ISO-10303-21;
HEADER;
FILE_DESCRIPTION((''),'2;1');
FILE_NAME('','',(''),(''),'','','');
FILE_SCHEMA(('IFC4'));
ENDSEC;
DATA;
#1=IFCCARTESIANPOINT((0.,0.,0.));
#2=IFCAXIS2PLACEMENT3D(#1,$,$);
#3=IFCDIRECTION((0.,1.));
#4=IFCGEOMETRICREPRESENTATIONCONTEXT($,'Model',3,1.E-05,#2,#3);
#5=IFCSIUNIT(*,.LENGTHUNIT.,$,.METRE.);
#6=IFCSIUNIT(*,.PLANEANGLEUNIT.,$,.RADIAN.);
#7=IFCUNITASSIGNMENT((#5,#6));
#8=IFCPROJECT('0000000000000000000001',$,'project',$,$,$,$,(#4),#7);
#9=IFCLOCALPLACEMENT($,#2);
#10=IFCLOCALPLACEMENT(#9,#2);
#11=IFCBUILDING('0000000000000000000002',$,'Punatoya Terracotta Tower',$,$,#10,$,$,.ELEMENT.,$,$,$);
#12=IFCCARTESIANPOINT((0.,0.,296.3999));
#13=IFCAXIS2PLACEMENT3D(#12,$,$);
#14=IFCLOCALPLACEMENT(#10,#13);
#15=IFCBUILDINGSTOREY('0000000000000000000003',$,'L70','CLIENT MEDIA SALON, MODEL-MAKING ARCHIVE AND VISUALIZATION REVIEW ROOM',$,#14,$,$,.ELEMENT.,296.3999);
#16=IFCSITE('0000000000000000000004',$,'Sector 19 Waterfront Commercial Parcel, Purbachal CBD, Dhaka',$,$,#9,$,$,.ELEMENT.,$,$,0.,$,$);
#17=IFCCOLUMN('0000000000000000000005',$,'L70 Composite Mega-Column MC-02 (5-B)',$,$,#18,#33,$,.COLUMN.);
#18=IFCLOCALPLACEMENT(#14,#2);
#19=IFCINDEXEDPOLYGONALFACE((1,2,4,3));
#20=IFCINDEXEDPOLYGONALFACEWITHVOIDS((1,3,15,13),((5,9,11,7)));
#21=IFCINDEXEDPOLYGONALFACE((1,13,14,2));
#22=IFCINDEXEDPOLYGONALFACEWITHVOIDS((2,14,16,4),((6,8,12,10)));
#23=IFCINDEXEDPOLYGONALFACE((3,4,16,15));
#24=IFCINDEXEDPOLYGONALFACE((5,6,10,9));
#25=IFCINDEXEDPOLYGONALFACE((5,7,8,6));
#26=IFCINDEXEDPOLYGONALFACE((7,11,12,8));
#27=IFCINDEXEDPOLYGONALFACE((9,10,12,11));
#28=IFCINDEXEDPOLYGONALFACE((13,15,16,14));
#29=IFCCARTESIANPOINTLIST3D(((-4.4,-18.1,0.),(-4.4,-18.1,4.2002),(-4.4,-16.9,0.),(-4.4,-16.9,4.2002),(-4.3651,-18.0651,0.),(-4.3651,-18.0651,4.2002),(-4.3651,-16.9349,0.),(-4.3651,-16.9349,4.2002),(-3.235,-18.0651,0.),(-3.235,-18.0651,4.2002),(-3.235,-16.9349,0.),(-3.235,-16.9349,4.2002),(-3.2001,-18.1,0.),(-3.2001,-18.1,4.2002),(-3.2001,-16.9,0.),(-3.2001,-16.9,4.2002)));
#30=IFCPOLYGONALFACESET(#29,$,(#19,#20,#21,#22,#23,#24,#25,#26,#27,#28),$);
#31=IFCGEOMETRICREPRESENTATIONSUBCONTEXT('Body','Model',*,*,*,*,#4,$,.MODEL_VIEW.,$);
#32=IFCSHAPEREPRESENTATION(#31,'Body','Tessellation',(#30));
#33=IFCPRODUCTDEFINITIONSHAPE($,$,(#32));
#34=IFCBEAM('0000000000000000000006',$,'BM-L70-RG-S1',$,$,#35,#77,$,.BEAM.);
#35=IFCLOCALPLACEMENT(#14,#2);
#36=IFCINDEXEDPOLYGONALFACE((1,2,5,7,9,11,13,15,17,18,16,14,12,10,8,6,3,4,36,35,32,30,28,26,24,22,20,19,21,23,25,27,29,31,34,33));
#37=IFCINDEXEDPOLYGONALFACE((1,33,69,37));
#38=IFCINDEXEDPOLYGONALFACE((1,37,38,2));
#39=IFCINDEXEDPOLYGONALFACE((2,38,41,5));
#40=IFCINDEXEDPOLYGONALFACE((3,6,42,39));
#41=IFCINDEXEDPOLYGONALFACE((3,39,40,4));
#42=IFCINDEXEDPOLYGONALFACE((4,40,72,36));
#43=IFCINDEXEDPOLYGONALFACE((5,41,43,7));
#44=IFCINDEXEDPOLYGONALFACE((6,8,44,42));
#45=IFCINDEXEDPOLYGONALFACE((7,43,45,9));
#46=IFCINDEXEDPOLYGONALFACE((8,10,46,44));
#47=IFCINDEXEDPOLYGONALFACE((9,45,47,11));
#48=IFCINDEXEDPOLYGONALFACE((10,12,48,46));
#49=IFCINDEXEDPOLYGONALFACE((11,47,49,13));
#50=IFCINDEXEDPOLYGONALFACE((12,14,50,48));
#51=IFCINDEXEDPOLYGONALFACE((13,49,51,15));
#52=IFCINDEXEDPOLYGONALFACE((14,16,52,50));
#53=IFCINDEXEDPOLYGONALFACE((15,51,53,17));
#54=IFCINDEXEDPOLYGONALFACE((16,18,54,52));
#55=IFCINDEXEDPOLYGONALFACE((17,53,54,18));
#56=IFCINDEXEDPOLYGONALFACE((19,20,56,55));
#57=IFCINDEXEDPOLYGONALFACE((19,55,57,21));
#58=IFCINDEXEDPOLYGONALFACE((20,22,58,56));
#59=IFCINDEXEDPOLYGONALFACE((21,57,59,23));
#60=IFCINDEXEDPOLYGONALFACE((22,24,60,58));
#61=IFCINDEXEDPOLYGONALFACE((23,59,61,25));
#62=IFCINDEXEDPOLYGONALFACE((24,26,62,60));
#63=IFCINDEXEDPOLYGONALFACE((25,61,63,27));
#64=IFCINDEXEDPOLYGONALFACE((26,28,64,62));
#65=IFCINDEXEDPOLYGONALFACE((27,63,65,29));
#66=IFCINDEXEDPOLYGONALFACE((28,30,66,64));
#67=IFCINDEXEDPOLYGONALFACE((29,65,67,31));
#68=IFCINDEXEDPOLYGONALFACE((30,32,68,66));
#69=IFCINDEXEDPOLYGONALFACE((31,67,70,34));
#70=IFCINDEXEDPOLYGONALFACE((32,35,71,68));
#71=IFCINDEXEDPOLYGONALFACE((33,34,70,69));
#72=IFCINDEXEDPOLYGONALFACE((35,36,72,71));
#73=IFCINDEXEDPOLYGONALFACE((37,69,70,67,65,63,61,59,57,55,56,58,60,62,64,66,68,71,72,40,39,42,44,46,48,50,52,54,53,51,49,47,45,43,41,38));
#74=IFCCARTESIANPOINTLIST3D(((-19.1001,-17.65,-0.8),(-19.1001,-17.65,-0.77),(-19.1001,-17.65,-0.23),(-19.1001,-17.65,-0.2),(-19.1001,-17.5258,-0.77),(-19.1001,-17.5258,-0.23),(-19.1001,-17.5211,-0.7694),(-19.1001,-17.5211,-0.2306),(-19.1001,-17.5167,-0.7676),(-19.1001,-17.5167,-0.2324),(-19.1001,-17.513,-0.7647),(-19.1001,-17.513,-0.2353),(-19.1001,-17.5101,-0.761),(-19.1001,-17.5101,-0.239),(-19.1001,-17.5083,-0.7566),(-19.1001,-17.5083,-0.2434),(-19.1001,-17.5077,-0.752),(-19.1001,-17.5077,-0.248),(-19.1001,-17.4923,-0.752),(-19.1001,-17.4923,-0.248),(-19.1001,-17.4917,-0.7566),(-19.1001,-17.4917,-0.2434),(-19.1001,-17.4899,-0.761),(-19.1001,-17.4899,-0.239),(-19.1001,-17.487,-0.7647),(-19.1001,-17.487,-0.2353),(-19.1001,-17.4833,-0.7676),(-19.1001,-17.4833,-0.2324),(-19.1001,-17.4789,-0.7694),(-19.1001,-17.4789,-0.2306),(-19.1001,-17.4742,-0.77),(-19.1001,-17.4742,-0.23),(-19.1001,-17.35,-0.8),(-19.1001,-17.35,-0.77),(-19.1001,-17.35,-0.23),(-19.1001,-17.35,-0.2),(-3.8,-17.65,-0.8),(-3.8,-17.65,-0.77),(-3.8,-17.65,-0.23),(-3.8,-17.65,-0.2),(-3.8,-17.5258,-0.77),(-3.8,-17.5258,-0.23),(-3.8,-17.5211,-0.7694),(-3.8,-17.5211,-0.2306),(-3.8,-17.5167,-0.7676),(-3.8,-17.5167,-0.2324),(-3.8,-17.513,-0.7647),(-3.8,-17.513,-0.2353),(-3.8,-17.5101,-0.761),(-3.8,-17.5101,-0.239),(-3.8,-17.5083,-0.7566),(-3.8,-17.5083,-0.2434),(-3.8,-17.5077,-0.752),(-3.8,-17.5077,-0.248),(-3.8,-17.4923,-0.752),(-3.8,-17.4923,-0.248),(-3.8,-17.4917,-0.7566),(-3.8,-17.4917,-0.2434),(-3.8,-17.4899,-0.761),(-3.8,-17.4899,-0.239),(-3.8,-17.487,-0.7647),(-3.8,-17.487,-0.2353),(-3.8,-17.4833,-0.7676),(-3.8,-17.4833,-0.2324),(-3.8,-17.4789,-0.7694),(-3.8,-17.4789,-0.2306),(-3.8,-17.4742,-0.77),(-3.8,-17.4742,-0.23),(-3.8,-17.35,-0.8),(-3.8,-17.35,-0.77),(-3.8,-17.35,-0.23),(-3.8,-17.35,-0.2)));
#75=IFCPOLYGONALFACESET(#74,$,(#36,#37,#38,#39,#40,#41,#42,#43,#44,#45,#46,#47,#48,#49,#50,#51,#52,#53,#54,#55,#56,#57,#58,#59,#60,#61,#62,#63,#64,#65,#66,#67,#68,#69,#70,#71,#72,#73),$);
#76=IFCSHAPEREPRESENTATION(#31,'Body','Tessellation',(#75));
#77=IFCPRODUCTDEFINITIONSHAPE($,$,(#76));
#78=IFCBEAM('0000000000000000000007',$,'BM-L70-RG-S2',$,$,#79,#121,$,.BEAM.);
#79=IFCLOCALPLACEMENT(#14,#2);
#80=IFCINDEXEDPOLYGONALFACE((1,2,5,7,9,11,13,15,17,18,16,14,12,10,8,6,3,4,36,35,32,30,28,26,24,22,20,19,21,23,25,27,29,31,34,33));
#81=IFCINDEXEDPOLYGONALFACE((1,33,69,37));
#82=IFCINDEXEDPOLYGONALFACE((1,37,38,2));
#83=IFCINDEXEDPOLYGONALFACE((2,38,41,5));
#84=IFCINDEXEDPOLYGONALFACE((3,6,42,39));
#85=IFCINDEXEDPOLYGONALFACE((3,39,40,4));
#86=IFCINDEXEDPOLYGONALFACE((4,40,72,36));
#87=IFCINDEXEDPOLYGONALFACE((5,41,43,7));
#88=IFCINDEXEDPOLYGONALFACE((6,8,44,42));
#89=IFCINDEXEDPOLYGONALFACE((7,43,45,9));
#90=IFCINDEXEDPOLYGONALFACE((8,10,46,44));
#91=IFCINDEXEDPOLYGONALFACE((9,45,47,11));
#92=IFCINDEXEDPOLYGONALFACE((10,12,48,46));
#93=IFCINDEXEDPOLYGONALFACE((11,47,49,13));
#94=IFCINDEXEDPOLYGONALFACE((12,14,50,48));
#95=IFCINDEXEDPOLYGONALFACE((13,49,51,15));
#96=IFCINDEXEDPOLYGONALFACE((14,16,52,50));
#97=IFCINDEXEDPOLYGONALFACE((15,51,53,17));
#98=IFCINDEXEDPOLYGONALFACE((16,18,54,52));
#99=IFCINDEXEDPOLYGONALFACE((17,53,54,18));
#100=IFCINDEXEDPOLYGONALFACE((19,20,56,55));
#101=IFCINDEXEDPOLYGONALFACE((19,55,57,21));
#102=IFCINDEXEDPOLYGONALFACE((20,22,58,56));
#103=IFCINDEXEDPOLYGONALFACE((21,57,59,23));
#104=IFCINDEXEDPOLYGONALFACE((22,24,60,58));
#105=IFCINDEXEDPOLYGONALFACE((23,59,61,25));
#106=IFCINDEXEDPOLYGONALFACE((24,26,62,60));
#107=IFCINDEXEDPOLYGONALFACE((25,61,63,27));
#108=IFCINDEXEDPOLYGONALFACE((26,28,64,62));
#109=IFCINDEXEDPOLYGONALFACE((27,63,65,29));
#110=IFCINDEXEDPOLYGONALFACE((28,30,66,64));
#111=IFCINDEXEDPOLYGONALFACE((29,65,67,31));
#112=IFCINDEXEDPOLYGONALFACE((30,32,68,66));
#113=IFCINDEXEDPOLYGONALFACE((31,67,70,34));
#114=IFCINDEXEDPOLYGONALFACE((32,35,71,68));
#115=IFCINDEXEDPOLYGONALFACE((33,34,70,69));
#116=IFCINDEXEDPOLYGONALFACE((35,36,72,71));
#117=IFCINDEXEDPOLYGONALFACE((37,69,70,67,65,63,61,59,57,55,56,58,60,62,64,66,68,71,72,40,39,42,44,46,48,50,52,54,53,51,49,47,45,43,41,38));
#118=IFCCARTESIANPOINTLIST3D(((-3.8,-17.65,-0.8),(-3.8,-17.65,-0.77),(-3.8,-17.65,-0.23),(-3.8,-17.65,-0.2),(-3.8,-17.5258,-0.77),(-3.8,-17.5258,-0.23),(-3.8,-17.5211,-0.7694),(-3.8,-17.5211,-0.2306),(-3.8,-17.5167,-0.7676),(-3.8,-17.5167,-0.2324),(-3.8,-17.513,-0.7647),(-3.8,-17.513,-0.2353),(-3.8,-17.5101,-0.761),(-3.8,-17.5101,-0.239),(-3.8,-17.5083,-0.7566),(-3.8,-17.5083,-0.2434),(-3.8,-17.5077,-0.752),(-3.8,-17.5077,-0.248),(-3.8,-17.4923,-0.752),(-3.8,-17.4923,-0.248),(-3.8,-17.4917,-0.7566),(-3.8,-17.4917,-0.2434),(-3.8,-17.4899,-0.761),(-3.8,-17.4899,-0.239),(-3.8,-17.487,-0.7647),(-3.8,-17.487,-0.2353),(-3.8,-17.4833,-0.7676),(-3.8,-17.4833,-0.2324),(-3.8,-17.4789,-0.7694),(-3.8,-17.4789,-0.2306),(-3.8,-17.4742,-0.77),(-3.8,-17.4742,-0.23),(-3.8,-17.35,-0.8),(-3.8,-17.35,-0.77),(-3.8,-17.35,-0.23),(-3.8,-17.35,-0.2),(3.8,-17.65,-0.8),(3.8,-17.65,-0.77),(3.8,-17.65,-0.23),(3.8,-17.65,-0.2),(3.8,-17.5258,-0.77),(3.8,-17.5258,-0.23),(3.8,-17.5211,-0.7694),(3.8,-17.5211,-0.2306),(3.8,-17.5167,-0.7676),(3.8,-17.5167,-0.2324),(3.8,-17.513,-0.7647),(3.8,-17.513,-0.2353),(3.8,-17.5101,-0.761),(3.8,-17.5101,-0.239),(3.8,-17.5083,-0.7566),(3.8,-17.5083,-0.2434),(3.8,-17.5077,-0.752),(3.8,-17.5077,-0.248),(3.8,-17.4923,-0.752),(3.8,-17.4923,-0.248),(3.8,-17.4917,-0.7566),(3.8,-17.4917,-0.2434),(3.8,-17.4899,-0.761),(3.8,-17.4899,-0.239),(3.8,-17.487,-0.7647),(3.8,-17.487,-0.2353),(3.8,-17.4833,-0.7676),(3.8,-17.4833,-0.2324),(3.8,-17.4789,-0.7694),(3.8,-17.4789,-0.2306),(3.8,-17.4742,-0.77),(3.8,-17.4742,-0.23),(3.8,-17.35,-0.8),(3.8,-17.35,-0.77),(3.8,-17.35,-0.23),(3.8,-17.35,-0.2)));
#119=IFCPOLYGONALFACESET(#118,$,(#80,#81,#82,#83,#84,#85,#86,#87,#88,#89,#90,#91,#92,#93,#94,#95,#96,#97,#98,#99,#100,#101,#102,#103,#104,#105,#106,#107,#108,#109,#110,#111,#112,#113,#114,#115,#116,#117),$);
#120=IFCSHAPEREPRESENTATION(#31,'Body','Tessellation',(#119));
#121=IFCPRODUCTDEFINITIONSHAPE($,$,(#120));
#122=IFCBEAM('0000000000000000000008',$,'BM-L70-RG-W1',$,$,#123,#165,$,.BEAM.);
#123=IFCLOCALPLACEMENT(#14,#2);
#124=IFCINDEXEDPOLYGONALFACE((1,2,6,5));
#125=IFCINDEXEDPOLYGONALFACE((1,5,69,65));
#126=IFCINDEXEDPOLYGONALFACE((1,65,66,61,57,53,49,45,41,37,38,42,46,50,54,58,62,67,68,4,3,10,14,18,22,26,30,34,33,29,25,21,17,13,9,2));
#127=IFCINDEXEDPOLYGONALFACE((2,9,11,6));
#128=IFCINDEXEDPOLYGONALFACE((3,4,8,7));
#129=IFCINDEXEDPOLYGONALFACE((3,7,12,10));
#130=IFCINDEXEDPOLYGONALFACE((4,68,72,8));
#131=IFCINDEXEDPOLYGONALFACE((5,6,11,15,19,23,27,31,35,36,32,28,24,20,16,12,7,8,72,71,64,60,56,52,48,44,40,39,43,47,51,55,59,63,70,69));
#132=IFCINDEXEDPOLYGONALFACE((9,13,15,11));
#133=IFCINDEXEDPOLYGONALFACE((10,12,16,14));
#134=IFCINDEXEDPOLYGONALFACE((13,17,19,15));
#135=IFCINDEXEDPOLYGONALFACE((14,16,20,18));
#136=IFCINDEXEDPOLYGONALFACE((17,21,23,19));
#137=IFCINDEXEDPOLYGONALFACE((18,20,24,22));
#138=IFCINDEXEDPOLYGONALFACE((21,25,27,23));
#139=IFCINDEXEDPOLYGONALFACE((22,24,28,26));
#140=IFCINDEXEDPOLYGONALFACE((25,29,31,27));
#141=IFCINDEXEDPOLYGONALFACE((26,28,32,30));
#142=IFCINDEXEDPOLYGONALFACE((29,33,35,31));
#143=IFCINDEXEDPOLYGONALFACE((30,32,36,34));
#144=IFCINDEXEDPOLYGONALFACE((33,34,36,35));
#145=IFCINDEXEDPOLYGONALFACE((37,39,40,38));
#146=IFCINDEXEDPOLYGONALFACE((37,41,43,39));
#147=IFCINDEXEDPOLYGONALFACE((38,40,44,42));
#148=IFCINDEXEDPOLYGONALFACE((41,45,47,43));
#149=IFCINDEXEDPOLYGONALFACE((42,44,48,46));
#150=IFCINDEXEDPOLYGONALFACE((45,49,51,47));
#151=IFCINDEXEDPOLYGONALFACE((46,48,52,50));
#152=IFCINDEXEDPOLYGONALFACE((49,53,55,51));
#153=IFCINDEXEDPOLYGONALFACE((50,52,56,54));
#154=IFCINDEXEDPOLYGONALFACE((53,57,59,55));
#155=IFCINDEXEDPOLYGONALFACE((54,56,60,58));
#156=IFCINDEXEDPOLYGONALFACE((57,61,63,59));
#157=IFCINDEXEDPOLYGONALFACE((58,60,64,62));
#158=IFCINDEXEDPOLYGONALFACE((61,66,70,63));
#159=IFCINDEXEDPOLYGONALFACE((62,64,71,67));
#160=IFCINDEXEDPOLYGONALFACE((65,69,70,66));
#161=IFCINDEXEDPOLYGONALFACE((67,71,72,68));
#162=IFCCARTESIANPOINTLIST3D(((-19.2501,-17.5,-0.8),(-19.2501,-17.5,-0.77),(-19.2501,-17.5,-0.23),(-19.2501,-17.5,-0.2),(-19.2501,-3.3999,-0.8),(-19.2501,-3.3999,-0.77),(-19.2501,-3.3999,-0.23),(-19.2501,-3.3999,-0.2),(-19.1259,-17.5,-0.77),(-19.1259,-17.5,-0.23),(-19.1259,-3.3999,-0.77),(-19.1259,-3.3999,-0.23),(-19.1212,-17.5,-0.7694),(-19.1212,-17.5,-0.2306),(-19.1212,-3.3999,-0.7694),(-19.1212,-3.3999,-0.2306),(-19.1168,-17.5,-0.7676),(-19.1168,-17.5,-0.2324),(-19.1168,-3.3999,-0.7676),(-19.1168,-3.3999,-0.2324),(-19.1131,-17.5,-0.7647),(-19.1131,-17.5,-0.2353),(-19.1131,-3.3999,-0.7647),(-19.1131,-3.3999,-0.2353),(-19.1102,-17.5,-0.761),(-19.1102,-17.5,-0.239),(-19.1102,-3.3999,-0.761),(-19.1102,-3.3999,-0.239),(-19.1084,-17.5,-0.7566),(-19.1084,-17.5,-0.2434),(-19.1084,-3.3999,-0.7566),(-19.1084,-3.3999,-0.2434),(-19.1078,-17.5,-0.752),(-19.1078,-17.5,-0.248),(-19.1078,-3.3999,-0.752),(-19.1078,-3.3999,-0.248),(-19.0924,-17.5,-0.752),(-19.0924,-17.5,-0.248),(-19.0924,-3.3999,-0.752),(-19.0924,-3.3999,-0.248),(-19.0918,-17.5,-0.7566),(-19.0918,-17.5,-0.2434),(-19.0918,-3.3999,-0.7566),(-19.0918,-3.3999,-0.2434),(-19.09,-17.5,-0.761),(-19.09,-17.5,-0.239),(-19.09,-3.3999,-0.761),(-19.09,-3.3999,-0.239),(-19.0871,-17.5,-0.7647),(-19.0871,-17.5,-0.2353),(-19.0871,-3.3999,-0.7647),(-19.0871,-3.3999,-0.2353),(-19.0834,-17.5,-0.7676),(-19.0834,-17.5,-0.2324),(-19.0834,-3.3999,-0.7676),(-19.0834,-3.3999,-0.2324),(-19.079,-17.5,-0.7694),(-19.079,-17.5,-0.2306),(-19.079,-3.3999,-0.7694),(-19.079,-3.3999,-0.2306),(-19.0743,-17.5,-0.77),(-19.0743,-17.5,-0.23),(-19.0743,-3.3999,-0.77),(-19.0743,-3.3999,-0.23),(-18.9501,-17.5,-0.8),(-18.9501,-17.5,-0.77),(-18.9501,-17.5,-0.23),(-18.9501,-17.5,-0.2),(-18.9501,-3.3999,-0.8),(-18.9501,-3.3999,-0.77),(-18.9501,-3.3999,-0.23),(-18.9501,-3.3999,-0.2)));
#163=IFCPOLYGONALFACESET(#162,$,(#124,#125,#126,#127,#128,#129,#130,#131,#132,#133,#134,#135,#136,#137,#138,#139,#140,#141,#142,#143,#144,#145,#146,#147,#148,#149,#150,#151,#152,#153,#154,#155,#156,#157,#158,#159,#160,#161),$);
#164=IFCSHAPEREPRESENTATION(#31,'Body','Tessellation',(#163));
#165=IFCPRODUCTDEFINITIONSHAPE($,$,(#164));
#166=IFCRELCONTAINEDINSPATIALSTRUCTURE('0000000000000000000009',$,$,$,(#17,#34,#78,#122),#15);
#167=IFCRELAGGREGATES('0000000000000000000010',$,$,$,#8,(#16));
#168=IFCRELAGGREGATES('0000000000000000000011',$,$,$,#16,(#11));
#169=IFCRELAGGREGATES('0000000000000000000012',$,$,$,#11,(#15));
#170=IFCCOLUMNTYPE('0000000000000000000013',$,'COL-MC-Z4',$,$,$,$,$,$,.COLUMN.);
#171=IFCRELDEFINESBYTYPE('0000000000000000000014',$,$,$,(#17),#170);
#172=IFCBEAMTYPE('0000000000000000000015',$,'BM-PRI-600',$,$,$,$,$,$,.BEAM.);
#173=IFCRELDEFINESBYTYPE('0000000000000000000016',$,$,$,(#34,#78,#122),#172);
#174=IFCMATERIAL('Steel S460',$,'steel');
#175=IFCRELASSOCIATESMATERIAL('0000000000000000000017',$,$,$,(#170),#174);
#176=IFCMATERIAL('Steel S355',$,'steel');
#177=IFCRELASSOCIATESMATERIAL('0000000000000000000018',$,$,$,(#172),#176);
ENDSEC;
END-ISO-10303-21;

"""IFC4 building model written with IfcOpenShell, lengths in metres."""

from ifc_helpers import new_model, si_unit, direction, frame, origin, origin_2d, place, context, subcontext, project, spatial, hollow_rectangle, i_section, extrude, material, material_profile, profile_set, type_object, element, save


model = new_model("IFC4")

# Units and contexts
model_context = context("Model", 3, precision=1e-05, world=origin(), true_north=direction((0.0, 1.0)))
body_context = subcontext(model_context, "Body", "Model", "MODEL_VIEW")
ifc_project = project(units=[si_unit("LENGTHUNIT", "METRE"), si_unit("PLANEANGLEUNIT", "RADIAN")], contexts=[model_context])

# Site, building, storey
site_placement = place(None, origin())
site = spatial("IfcSite", under=ifc_project, at=site_placement, Name="Sector 19 Waterfront Commercial Parcel, Purbachal CBD, Dhaka", CompositionType="ELEMENT", RefElevation=0.0)
building_placement = place(site_placement, origin())
building = spatial("IfcBuilding", under=site, at=building_placement, Name="Punatoya Terracotta Tower", CompositionType="ELEMENT")
storey_placement = place(building_placement, frame((0.0, 0.0, 296.3999)))
storey = spatial("IfcBuildingStorey", under=building, at=storey_placement, Name="L70", Description="CLIENT MEDIA SALON, MODEL-MAKING ARCHIVE AND VISUALIZATION REVIEW ROOM", CompositionType="ELEMENT", Elevation=296.3999)

# Column
ifc_material_1 = material(Name="Steel S460", Category="steel")
ifc_material_profile_1 = material_profile(ifc_material_1, hollow_rectangle(XDim=1.2, YDim=1.2, WallThickness=0.0349, at=origin_2d()))
ifc_profile_set_1 = profile_set([ifc_material_profile_1], Name="Steel S460")
column_type = type_object("IfcColumnType", Name="COL-MC-Z4", PredefinedType="COLUMN", material=ifc_profile_set_1)
column_placement = place(storey_placement, frame((-3.8, -17.5, 0.0), z_axis=(0.0, 0.0, 1.0), x_axis=(1.0, 0.0, 0.0)))
element("IfcColumn", 1, at=column_placement, inside=storey, type_object=column_type, Name="L70 Composite Mega-Column MC-02 (5-B)", PredefinedType="COLUMN", context=body_context, shape_type="SweptSolid", body=[
    extrude(hollow_rectangle(XDim=1.2, YDim=1.2, WallThickness=0.0349, at=origin_2d()), origin(), (0.0, 0.0, 1.0), 4.2002),
])

# Beams
ifc_material_2 = material(Name="Steel S355", Category="steel")
ifc_material_profile_2 = material_profile(ifc_material_2, i_section(OverallWidth=0.3, OverallDepth=0.6001, WebThickness=0.0154, FlangeThickness=0.03, FilletRadius=0.0181, at=origin_2d()))
ifc_profile_set_2 = profile_set([ifc_material_profile_2], Name="Steel S355")
beam_type_1 = type_object("IfcBeamType", Name="BM-PRI-600", PredefinedType="BEAM", material=ifc_profile_set_2)
beam_1_placement = place(storey_placement, frame((-19.1001, -17.5, -0.5), z_axis=(1.0, 0.0, 0.0), x_axis=(0.0, 1.0, 0.0)))
element("IfcBeam", 2, at=beam_1_placement, inside=storey, type_object=beam_type_1, Name="BM-L70-RG-S1", PredefinedType="BEAM", context=body_context, shape_type="SweptSolid", body=[
    extrude(i_section(OverallWidth=0.3, OverallDepth=0.6001, WebThickness=0.0154, FlangeThickness=0.03, FilletRadius=0.0181, at=origin_2d()), origin(), (0.0, 0.0, 1.0), 15.3),
])
beam_2_placement = place(storey_placement, frame((-3.8, -17.5, -0.5), z_axis=(1.0, 0.0, 0.0), x_axis=(0.0, 1.0, 0.0)))
element("IfcBeam", 3, at=beam_2_placement, inside=storey, type_object=beam_type_1, Name="BM-L70-RG-S2", PredefinedType="BEAM", context=body_context, shape_type="SweptSolid", body=[
    extrude(i_section(OverallWidth=0.3, OverallDepth=0.6001, WebThickness=0.0154, FlangeThickness=0.03, FilletRadius=0.0181, at=origin_2d()), origin(), (0.0, 0.0, 1.0), 7.6001),
])
beam_3_placement = place(storey_placement, frame((-19.1001, -17.5, -0.5), z_axis=(0.0, 1.0, 0.0), x_axis=(-1.0, 0.0, 0.0)))
element("IfcBeam", 4, at=beam_3_placement, inside=storey, type_object=beam_type_1, Name="BM-L70-RG-W1", PredefinedType="BEAM", context=body_context, shape_type="SweptSolid", body=[
    extrude(i_section(OverallWidth=0.3, OverallDepth=0.6001, WebThickness=0.0154, FlangeThickness=0.03, FilletRadius=0.0181, at=origin_2d()), origin(), (0.0, 0.0, 1.0), 14.1001),
])

save(model, "model.ifc")
